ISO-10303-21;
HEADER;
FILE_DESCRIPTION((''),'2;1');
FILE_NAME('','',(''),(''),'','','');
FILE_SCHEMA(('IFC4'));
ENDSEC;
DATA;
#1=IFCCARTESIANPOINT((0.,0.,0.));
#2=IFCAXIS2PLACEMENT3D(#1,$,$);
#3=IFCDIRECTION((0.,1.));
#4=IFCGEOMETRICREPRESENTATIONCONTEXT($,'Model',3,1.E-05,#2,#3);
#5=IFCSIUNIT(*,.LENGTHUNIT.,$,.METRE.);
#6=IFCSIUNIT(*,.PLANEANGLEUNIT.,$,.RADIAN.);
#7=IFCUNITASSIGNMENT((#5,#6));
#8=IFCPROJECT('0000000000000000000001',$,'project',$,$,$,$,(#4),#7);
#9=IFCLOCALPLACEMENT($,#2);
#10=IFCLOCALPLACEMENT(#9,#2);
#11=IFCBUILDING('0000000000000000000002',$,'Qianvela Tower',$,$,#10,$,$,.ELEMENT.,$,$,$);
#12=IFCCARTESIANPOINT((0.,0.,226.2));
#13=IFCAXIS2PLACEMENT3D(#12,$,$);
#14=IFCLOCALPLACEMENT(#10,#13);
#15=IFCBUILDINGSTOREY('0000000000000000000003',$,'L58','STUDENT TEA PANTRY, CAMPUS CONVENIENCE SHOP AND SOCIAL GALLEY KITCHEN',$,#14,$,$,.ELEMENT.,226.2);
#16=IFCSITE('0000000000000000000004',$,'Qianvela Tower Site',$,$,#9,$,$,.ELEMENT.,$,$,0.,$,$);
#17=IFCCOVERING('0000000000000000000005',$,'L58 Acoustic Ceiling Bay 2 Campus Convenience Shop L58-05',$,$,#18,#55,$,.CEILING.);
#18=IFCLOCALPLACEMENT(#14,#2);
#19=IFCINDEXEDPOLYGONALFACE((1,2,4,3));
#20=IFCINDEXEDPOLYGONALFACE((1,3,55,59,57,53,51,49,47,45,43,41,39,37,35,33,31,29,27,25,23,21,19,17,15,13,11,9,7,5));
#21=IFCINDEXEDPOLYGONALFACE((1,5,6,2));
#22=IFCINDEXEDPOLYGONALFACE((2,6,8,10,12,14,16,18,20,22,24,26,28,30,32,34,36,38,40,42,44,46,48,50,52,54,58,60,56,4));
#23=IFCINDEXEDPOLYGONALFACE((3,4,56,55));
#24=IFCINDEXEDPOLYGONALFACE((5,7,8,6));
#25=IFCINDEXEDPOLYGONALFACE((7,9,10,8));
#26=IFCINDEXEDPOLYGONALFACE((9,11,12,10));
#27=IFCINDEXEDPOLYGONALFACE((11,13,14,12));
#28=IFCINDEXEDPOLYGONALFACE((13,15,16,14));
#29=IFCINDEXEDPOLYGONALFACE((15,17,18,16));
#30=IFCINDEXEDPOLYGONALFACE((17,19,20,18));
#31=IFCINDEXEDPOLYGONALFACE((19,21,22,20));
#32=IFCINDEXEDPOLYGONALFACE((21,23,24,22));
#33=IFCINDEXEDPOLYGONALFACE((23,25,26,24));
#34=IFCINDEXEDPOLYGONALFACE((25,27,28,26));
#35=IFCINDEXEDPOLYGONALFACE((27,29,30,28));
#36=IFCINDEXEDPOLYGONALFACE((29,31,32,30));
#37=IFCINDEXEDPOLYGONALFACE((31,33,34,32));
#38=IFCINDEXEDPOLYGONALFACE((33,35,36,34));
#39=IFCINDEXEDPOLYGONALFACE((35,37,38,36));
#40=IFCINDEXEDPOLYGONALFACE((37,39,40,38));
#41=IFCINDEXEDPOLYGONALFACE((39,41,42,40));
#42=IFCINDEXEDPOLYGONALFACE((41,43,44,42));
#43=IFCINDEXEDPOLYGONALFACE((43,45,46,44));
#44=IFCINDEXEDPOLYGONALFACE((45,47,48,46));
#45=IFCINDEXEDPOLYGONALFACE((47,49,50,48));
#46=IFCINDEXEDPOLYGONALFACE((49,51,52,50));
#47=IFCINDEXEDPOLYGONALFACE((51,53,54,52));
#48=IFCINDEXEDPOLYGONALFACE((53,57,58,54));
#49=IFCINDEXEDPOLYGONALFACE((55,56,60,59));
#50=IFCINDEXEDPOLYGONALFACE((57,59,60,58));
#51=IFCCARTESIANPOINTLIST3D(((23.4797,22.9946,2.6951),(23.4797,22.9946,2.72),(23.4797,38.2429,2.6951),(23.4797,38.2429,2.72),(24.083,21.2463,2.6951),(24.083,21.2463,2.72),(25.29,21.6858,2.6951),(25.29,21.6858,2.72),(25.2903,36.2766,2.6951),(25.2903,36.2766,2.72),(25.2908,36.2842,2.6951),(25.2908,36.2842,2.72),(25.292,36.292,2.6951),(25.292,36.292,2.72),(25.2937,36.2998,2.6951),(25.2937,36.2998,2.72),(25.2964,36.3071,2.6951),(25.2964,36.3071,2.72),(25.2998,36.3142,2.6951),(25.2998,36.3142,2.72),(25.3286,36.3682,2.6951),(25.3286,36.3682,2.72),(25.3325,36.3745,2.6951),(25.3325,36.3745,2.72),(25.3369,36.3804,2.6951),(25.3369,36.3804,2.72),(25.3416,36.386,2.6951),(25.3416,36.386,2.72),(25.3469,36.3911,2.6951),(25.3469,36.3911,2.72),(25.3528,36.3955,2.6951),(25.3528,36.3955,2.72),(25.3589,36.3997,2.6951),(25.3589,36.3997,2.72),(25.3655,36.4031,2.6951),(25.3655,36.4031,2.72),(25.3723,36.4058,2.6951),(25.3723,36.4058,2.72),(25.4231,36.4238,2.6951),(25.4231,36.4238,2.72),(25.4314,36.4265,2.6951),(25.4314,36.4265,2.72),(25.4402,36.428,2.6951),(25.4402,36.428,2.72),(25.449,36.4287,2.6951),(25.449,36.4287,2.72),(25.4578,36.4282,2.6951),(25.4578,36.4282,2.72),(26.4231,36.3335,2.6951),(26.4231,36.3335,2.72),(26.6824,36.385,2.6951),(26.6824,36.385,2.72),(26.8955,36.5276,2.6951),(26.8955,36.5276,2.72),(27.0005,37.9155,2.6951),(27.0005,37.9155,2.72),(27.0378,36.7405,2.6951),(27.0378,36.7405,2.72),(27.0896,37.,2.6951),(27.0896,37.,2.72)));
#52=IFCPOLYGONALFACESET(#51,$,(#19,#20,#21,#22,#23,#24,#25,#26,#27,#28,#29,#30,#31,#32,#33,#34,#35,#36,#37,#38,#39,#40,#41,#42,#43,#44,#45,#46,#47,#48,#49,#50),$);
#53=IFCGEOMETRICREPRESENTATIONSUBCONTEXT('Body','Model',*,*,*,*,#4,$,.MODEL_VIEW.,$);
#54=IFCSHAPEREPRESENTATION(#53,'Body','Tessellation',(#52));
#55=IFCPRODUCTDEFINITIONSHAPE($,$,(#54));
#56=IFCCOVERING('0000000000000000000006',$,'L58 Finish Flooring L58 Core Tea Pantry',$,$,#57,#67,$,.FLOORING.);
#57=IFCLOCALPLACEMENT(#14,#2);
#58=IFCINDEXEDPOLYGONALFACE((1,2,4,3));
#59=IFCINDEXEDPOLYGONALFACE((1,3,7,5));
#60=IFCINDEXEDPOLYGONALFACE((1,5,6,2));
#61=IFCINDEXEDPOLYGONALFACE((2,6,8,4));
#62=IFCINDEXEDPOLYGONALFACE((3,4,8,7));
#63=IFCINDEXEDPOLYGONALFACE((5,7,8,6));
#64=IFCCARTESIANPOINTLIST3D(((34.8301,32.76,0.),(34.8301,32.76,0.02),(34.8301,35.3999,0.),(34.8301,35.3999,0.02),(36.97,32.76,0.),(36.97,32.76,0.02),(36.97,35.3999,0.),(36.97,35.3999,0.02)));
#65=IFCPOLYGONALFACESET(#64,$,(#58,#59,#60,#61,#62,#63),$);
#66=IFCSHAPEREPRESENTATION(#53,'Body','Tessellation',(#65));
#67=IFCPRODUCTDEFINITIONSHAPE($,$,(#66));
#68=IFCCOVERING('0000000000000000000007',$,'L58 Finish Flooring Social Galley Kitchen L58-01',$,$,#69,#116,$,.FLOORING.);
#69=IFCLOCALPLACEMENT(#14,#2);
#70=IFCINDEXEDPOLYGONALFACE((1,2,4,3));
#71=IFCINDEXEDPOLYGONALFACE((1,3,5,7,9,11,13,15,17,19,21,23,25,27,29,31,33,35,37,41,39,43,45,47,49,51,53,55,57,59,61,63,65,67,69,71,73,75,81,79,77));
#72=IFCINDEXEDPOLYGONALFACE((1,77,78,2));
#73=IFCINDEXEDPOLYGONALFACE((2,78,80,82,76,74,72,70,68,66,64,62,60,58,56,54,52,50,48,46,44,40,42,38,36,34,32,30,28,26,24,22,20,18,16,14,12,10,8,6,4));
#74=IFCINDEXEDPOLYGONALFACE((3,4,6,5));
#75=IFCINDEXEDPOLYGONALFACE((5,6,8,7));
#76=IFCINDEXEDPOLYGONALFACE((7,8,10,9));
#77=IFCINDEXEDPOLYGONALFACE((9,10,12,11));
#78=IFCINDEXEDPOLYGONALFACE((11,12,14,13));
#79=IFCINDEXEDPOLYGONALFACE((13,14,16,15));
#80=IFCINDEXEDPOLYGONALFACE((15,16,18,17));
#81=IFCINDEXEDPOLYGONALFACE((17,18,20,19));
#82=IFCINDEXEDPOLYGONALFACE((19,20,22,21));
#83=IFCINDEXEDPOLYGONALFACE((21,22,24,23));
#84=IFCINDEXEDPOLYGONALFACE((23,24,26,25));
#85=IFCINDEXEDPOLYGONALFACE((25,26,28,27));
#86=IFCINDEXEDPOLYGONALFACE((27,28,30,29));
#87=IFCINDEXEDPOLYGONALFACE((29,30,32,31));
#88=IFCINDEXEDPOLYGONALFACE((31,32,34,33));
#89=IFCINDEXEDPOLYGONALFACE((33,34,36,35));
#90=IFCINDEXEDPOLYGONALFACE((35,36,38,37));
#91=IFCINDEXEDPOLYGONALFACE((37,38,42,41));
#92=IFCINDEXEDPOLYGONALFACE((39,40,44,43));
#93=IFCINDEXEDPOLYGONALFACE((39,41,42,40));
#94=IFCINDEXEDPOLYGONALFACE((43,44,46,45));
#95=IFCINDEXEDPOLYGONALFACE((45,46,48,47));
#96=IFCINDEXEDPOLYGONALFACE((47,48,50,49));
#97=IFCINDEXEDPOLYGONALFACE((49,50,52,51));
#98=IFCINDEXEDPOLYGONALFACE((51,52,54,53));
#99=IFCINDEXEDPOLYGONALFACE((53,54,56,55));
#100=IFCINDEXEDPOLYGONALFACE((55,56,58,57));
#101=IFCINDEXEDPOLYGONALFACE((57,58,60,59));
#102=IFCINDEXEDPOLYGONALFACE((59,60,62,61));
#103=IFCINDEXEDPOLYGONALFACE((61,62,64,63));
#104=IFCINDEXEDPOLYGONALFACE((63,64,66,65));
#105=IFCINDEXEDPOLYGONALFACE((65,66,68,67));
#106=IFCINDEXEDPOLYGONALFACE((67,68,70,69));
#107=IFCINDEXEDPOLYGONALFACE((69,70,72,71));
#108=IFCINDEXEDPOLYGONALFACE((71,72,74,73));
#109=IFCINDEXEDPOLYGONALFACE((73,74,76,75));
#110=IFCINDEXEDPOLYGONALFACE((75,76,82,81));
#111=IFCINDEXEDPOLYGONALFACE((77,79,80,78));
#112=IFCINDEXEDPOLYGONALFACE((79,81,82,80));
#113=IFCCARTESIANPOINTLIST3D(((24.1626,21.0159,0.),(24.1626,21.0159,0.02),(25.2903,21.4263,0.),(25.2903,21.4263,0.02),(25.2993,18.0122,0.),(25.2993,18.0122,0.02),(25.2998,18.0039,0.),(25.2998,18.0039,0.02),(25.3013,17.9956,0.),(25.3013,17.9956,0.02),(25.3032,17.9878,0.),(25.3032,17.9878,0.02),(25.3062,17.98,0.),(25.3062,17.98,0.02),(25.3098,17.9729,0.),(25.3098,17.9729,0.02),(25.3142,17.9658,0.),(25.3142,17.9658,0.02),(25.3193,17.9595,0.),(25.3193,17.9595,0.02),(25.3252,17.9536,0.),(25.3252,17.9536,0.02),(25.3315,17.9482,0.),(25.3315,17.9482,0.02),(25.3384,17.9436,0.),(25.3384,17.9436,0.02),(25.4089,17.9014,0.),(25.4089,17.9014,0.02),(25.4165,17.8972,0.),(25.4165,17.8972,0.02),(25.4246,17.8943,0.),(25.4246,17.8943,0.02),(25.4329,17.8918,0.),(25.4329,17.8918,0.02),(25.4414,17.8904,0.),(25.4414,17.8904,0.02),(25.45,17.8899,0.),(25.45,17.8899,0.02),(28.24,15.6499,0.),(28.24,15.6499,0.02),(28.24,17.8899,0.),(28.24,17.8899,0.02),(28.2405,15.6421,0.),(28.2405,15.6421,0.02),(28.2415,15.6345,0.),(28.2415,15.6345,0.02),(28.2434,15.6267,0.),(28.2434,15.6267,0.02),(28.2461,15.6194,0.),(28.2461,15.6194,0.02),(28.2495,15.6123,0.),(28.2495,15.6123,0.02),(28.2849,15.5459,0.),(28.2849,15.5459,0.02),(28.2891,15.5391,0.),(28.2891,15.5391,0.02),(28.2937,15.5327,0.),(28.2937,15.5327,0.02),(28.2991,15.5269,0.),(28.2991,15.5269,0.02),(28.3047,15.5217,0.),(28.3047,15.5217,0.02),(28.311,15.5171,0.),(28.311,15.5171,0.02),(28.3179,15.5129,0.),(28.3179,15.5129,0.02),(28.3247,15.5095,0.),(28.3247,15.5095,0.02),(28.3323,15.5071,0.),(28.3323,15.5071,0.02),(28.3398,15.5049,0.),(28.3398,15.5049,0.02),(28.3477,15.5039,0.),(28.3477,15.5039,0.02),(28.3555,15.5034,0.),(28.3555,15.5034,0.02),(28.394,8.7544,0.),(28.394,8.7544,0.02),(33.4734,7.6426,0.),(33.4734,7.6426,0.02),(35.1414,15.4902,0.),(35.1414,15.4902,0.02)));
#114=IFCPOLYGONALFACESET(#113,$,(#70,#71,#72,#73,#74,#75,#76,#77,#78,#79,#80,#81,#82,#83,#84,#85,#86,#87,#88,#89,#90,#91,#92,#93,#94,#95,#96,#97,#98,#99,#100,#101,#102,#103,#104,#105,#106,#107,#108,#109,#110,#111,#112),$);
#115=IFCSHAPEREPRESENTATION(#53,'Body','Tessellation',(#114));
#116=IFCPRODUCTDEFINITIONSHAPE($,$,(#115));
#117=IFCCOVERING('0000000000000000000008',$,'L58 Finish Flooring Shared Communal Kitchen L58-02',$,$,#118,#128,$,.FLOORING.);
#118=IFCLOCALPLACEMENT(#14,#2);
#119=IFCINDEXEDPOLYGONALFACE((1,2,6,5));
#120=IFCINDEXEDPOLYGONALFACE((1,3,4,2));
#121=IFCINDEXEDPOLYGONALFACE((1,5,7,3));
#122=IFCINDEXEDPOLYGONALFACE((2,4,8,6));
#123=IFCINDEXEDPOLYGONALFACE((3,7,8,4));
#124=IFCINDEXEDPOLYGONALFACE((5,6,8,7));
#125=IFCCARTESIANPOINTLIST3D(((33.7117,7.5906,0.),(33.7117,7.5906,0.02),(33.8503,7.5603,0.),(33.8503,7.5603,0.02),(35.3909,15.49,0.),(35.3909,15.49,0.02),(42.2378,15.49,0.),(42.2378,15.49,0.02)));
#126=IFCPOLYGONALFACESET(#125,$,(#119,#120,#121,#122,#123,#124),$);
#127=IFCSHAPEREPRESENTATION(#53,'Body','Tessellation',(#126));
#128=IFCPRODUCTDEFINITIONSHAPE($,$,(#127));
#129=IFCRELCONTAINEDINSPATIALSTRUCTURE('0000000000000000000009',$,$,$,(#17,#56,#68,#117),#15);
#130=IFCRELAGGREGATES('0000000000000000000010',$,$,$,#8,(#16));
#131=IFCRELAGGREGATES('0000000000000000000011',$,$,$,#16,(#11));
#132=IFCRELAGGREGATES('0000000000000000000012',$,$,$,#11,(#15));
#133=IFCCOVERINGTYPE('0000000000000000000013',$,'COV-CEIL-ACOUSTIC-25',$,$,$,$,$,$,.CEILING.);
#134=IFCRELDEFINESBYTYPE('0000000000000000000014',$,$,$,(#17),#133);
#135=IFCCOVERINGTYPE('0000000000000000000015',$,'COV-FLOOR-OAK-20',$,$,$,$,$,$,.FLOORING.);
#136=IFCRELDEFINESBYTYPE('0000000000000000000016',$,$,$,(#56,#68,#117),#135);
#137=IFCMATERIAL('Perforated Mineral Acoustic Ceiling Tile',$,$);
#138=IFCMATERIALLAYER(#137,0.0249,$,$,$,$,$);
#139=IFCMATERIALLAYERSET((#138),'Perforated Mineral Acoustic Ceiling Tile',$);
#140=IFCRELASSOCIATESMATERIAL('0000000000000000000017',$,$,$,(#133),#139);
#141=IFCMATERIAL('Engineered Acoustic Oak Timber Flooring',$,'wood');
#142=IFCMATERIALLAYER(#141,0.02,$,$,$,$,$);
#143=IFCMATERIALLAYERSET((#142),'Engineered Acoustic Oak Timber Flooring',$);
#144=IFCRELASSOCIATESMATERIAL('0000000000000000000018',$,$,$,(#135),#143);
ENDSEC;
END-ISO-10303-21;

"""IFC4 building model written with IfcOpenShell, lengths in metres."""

from ifc_helpers import new_model, si_unit, direction, frame, origin, place, context, subcontext, project, spatial, polyline, outline, extrude, material, layer, layer_set, type_object, element, save


model = new_model("IFC4")

# Units and contexts
model_context = context("Model", 3, precision=1e-05, world=origin(), true_north=direction((0.0, 1.0)))
body_context = subcontext(model_context, "Body", "Model", "MODEL_VIEW")
ifc_project = project(units=[si_unit("LENGTHUNIT", "METRE"), si_unit("PLANEANGLEUNIT", "RADIAN")], contexts=[model_context])

# Site, building, storey
site_placement = place(None, origin())
site = spatial("IfcSite", under=ifc_project, at=site_placement, Name="Qianvela Tower Site", CompositionType="ELEMENT", RefElevation=0.0)
building_placement = place(site_placement, origin())
building = spatial("IfcBuilding", under=site, at=building_placement, Name="Qianvela Tower", CompositionType="ELEMENT")
storey_placement = place(building_placement, frame((0.0, 0.0, 226.2)))
storey = spatial("IfcBuildingStorey", under=building, at=storey_placement, Name="L58", Description="STUDENT TEA PANTRY, CAMPUS CONVENIENCE SHOP AND SOCIAL GALLEY KITCHEN", CompositionType="ELEMENT", Elevation=226.2)

# Coverings
ifc_material_1 = material(Name="Perforated Mineral Acoustic Ceiling Tile")
ifc_layer_1 = layer(ifc_material_1, 0.0249)
ifc_layer_set_1 = layer_set([ifc_layer_1], Name="Perforated Mineral Acoustic Ceiling Tile")
covering_type_1 = type_object("IfcCoveringType", Name="COV-CEIL-ACOUSTIC-25", PredefinedType="CEILING", material=ifc_layer_set_1)
covering_1_placement = place(storey_placement, frame((0.0, 0.0, 2.6951)))
element("IfcCovering", 1, at=covering_1_placement, inside=storey, type_object=covering_type_1, Name="L58 Acoustic Ceiling Bay 2 Campus Convenience Shop L58-05", PredefinedType="CEILING", context=body_context, shape_type="SweptSolid", body=[
    extrude(outline(polyline([(27.0005, 37.9155), (27.0896, 37.0), (27.0378, 36.7405), (26.8955, 36.5276), (26.6824, 36.385), (26.4231, 36.3335), (25.4578, 36.4282), (25.449, 36.4287), (25.4402, 36.428), (25.4314, 36.4265), (25.4231, 36.4238), (25.3723, 36.4058), (25.3655, 36.4031), (25.3589, 36.3997), (25.3528, 36.3955), (25.3469, 36.3911), (25.3416, 36.386), (25.3369, 36.3804), (25.3325, 36.3745), (25.3286, 36.3682), (25.2998, 36.3142), (25.2964, 36.3071), (25.2937, 36.2998), (25.292, 36.292), (25.2908, 36.2842), (25.2903, 36.2766), (25.29, 21.6858), (24.083, 21.2463), (23.4797, 22.9946), (23.4797, 38.2429), (27.0005, 37.9155)])), origin(), (0.0, 0.0, 1.0), 0.0249),
])
ifc_material_2 = material(Name="Engineered Acoustic Oak Timber Flooring", Category="wood")
ifc_layer_2 = layer(ifc_material_2, 0.02)
ifc_layer_set_2 = layer_set([ifc_layer_2], Name="Engineered Acoustic Oak Timber Flooring")
covering_type_2 = type_object("IfcCoveringType", Name="COV-FLOOR-OAK-20", PredefinedType="FLOORING", material=ifc_layer_set_2)
covering_2_placement = place(storey_placement, origin())
element("IfcCovering", 2, at=covering_2_placement, inside=storey, type_object=covering_type_2, Name="L58 Finish Flooring L58 Core Tea Pantry", PredefinedType="FLOORING", context=body_context, shape_type="SweptSolid", body=[
    extrude(outline(polyline([(36.97, 32.76), (34.8301, 32.76), (34.8301, 35.3999), (36.97, 35.3999), (36.97, 32.76)])), origin(), (0.0, 0.0, 1.0), 0.02),
])
covering_3_placement = place(storey_placement, origin())
element("IfcCovering", 3, at=covering_3_placement, inside=storey, type_object=covering_type_2, Name="L58 Finish Flooring Social Galley Kitchen L58-01", PredefinedType="FLOORING", context=body_context, shape_type="SweptSolid", body=[
    extrude(outline(polyline([(24.1626, 21.0159), (25.2903, 21.4263), (25.2993, 18.0122), (25.2998, 18.0039), (25.3013, 17.9956), (25.3032, 17.9878), (25.3062, 17.98), (25.3098, 17.9729), (25.3142, 17.9658), (25.3193, 17.9595), (25.3252, 17.9536), (25.3315, 17.9482), (25.3384, 17.9436), (25.4089, 17.9014), (25.4165, 17.8972), (25.4246, 17.8943), (25.4329, 17.8918), (25.4414, 17.8904), (25.45, 17.8899), (28.24, 17.8899), (28.24, 15.6499), (28.2405, 15.6421), (28.2415, 15.6345), (28.2434, 15.6267), (28.2461, 15.6194), (28.2495, 15.6123), (28.2849, 15.5459), (28.2891, 15.5391), (28.2937, 15.5327), (28.2991, 15.5269), (28.3047, 15.5217), (28.311, 15.5171), (28.3179, 15.5129), (28.3247, 15.5095), (28.3323, 15.5071), (28.3398, 15.5049), (28.3477, 15.5039), (28.3555, 15.5034), (35.1414, 15.4902), (33.4734, 7.6426), (28.394, 8.7544), (24.1626, 21.0159)])), origin(), (0.0, 0.0, 1.0), 0.02),
])
covering_4_placement = place(storey_placement, origin())
element("IfcCovering", 4, at=covering_4_placement, inside=storey, type_object=covering_type_2, Name="L58 Finish Flooring Shared Communal Kitchen L58-02", PredefinedType="FLOORING", context=body_context, shape_type="SweptSolid", body=[
    extrude(outline(polyline([(35.3909, 15.49), (42.2378, 15.49), (33.8503, 7.5603), (33.7117, 7.5906), (35.3909, 15.49)])), origin(), (0.0, 0.0, 1.0), 0.02),
])

save(model, "model.ifc")
